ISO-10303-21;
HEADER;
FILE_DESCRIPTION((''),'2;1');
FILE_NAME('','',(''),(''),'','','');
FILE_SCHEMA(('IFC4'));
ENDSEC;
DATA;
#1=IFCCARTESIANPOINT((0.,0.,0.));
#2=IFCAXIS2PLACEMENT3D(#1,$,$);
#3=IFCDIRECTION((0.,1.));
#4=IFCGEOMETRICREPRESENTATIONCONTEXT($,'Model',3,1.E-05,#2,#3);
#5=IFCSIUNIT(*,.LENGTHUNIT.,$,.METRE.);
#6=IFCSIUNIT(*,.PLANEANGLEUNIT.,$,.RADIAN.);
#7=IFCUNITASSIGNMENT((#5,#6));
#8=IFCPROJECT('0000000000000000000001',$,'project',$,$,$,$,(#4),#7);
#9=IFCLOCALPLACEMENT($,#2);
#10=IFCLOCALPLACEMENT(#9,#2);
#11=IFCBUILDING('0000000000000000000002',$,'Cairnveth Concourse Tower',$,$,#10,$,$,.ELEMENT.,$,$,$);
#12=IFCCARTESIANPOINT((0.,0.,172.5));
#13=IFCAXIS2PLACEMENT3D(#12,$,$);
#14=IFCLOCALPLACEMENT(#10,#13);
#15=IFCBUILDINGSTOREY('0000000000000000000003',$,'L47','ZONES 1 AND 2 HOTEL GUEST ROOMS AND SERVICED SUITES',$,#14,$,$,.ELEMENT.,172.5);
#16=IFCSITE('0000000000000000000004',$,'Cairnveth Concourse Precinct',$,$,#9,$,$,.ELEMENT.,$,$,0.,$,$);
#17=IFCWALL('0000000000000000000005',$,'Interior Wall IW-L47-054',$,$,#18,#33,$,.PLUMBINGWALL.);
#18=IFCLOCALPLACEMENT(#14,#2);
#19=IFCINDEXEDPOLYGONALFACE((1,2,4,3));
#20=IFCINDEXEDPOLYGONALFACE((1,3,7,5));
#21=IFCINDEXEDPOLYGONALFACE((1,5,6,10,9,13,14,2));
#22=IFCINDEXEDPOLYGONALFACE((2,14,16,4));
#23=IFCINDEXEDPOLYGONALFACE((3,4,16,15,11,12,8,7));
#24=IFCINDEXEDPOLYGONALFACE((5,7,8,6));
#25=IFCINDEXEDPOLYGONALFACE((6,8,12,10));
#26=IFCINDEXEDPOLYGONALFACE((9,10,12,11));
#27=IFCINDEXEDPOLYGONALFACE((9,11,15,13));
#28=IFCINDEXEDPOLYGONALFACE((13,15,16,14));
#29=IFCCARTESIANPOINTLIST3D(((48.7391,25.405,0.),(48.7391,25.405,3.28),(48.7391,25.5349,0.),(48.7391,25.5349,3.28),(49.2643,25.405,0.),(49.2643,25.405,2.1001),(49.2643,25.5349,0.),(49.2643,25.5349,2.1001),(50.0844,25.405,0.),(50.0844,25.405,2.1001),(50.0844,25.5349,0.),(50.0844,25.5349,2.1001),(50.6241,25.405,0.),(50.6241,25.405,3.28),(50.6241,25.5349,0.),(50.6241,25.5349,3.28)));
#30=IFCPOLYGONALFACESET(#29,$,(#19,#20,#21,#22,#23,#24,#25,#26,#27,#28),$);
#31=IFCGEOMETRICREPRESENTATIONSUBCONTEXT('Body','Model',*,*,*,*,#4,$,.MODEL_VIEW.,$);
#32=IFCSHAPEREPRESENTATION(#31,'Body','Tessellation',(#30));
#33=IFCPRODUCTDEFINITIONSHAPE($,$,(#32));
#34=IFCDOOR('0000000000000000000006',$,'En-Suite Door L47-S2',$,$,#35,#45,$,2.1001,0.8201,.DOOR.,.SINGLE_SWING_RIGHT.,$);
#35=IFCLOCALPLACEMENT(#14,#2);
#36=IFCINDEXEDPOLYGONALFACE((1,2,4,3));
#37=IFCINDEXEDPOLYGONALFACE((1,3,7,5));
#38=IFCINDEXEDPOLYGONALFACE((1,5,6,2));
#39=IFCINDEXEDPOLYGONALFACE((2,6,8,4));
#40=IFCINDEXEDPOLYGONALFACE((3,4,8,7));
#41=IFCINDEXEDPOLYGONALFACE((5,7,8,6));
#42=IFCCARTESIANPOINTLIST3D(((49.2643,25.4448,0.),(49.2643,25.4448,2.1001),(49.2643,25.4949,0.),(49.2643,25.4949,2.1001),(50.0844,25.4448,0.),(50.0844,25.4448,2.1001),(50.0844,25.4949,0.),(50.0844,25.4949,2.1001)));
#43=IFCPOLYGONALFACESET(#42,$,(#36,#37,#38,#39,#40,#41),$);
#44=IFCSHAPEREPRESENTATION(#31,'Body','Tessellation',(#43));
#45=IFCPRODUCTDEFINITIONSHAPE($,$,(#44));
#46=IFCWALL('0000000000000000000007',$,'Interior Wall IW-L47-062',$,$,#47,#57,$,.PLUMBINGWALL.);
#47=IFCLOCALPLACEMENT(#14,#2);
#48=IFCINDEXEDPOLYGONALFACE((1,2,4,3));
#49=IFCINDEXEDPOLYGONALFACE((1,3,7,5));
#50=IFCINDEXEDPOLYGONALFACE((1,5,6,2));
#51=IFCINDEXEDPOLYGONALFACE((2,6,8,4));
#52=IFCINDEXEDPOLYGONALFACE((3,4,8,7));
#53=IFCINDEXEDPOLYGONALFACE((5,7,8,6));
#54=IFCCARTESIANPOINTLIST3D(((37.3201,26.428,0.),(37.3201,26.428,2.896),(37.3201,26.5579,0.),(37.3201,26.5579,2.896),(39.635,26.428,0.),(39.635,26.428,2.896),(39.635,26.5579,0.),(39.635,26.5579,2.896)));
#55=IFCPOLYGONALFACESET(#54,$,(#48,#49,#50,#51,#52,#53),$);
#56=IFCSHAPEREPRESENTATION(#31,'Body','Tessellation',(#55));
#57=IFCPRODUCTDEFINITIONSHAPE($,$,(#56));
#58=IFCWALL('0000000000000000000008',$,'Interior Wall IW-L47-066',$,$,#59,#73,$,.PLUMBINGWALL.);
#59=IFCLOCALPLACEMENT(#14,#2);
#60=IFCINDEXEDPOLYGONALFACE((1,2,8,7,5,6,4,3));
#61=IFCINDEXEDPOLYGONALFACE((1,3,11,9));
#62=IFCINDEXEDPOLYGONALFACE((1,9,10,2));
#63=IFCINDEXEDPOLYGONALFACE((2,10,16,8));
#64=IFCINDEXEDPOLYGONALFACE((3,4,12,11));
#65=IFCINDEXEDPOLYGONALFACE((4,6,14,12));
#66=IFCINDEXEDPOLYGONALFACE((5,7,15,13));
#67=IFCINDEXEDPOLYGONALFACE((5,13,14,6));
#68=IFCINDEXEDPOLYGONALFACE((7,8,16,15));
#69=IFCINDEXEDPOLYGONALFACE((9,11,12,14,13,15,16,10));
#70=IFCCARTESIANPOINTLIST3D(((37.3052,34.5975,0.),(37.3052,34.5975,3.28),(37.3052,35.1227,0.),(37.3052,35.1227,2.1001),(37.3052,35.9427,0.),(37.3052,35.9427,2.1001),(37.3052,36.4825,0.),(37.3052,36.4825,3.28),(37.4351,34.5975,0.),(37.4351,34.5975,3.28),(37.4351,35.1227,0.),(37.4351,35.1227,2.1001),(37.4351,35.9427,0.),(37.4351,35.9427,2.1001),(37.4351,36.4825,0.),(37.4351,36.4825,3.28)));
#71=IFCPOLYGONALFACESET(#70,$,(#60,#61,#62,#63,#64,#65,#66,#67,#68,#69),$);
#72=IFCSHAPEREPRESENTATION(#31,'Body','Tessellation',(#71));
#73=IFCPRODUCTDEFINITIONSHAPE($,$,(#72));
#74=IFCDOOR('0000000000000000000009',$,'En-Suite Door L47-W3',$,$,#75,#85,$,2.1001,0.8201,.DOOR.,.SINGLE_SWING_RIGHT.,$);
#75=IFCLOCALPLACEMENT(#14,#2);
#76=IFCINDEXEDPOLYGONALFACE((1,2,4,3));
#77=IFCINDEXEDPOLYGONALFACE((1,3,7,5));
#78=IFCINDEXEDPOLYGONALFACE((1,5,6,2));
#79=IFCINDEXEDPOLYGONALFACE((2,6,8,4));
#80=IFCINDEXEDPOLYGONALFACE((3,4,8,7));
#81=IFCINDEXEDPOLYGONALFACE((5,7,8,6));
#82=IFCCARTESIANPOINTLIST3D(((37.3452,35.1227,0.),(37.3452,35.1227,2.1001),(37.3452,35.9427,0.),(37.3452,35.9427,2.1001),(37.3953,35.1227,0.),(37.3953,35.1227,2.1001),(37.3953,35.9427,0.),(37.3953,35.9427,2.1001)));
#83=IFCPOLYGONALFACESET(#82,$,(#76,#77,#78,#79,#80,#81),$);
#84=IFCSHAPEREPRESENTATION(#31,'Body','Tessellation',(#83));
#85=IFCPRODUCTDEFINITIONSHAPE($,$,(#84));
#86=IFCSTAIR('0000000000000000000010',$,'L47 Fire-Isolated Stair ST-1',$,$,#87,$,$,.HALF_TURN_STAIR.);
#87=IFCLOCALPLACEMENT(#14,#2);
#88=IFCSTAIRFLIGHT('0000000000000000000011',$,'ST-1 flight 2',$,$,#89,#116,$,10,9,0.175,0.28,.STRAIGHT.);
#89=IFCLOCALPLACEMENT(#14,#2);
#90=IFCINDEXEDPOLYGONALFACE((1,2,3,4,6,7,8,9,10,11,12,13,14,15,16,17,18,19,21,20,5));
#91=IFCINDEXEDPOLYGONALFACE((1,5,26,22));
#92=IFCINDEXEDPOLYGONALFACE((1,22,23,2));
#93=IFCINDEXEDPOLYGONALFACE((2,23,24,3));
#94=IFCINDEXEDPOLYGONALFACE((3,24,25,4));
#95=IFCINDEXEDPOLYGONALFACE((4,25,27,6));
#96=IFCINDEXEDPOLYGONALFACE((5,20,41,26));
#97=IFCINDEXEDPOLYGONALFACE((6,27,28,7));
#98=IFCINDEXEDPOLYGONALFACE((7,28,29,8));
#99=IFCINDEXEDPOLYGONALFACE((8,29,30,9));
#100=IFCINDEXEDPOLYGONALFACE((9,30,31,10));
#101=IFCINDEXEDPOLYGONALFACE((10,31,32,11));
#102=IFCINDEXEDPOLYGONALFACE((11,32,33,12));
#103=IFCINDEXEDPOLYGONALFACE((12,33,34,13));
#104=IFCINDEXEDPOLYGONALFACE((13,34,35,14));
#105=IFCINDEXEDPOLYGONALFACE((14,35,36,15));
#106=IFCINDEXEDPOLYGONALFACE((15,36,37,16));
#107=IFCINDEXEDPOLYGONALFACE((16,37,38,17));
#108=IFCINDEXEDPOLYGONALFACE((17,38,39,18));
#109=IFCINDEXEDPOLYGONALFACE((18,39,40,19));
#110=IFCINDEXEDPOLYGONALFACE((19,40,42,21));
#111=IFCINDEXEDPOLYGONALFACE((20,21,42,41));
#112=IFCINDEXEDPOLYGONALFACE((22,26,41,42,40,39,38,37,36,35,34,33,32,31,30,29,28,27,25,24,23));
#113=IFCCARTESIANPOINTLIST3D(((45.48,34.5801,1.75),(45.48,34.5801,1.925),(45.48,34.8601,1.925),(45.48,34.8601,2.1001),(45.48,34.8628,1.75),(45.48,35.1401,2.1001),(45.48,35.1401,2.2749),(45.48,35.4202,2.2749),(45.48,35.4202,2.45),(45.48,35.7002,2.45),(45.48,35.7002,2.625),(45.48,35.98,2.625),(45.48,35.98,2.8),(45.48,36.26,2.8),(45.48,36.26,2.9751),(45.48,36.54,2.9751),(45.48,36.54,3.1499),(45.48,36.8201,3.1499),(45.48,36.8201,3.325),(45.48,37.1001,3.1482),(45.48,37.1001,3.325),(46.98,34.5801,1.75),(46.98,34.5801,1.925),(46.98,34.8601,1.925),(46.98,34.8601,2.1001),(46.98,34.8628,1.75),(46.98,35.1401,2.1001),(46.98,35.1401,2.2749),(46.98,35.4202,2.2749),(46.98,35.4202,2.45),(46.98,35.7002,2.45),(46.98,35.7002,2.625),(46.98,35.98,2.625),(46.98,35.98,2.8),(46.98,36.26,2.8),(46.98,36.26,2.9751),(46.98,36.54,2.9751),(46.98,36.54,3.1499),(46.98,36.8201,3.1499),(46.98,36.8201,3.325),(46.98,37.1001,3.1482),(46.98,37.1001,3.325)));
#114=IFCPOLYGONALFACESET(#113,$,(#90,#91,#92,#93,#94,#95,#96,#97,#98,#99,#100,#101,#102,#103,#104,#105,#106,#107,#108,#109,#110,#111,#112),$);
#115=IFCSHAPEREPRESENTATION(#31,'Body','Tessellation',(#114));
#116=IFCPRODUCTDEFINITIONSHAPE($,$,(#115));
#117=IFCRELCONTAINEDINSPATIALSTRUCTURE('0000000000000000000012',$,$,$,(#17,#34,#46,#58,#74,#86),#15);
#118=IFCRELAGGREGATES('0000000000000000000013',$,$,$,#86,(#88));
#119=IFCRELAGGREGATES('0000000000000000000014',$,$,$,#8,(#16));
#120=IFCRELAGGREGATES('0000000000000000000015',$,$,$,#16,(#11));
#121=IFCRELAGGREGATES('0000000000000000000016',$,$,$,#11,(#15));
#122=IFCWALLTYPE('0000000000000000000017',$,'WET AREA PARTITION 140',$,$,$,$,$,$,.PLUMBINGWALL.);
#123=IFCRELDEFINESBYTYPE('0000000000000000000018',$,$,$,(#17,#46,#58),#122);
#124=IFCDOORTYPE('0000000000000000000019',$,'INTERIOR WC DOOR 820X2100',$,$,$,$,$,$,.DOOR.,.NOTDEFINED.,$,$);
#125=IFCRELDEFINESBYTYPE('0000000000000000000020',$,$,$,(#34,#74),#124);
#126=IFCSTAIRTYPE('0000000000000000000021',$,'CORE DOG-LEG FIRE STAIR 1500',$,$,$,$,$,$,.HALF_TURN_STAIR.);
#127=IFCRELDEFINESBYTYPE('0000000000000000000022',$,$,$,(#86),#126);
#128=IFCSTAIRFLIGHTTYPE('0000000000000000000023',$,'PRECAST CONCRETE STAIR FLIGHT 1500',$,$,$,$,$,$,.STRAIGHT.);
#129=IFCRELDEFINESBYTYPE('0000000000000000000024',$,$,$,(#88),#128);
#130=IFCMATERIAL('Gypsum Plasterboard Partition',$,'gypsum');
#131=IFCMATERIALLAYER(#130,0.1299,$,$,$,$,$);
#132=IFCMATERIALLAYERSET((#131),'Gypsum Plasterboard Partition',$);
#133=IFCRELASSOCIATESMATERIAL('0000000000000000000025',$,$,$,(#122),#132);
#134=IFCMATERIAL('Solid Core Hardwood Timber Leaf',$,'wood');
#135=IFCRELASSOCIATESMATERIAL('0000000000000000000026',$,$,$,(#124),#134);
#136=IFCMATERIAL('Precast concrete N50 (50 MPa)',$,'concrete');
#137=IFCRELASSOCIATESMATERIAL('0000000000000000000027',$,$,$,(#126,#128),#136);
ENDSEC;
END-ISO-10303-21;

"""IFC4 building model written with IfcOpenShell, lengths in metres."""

from ifc_helpers import new_model, si_unit, direction, frame, frame_2d, origin, place, context, subcontext, project, spatial, polyline, rectangle, outline, extrude, material, layer, layer_set, type_object, element, fill, aggregate, save


model = new_model("IFC4")

# Units and contexts
model_context = context("Model", 3, precision=1e-05, world=origin(), true_north=direction((0.0, 1.0)))
body_context = subcontext(model_context, "Body", "Model", "MODEL_VIEW")
ifc_project = project(units=[si_unit("LENGTHUNIT", "METRE"), si_unit("PLANEANGLEUNIT", "RADIAN")], contexts=[model_context])

# Site, building, storey
site_placement = place(None, origin())
site = spatial("IfcSite", under=ifc_project, at=site_placement, Name="Cairnveth Concourse Precinct", CompositionType="ELEMENT", RefElevation=0.0)
building_placement = place(site_placement, origin())
building = spatial("IfcBuilding", under=site, at=building_placement, Name="Cairnveth Concourse Tower", CompositionType="ELEMENT")
storey_placement = place(building_placement, frame((0.0, 0.0, 172.5)))
storey = spatial("IfcBuildingStorey", under=building, at=storey_placement, Name="L47", Description="ZONES 1 AND 2 HOTEL GUEST ROOMS AND SERVICED SUITES", CompositionType="ELEMENT", Elevation=172.5)

# Shared definitions
ifc_material_1 = material(Name="Gypsum Plasterboard Partition", Category="gypsum")

# Shared definitions
ifc_material_2 = material(Name="Solid Core Hardwood Timber Leaf", Category="wood")

# Wall, opening, door
ifc_layer_1 = layer(ifc_material_1, 0.1299)
ifc_layer_set_1 = layer_set([ifc_layer_1], Name="Gypsum Plasterboard Partition")
wall_type_1 = type_object("IfcWallType", Name="WET AREA PARTITION 140", PredefinedType="PLUMBINGWALL", material=ifc_layer_set_1)
wall_1_placement = place(storey_placement, frame((48.7393, 25.47, 0.0), z_axis=(0.0, 0.0, 1.0), x_axis=(1.0, 0.0, 0.0)))
wall_1 = element("IfcWall", 1, at=wall_1_placement, inside=storey, type_object=wall_type_1, Name="Interior Wall IW-L47-054", PredefinedType="PLUMBINGWALL", context=body_context, shape_type="SweptSolid", body=[
    extrude(rectangle(XDim=1.885, YDim=0.1299, at=frame_2d((0.9424, 0.0))), origin(), (0.0, 0.0, 1.0), 3.28),
])
opening_1_placement = place(wall_1_placement, frame((0.5249, 0.0, 0.0)))
opening_1 = element("IfcOpeningElement", 2, at=opening_1_placement, cuts=wall_1, PredefinedType="OPENING", context=body_context, shape_type="SweptSolid", body=[
    extrude(rectangle(XDim=0.8201, YDim=2.1001, at=frame_2d((0.4102, 1.05))), frame((0.0, 0.075, 0.0), z_axis=(0.0, -1.0, 0.0), x_axis=(1.0, 0.0, 0.0)), (0.0, 0.0, 1.0), 0.1499),
])
door_type_1 = type_object("IfcDoorType", Name="INTERIOR WC DOOR 820X2100", OperationType="NOTDEFINED", PredefinedType="DOOR", material=ifc_material_2)
door_1_placement = place(opening_1_placement, origin())
door_1 = element("IfcDoor", 3, at=door_1_placement, inside=storey, type_object=door_type_1, Name="En-Suite Door L47-S2", OperationType="SINGLE_SWING_RIGHT", OverallHeight=2.1001, OverallWidth=0.8201, PredefinedType="DOOR", context=body_context, shape_type="SweptSolid", body=[
    extrude(rectangle(XDim=0.8201, YDim=2.1001, at=frame_2d((0.4102, 1.05))), frame((0.0, 0.0249, 0.0), z_axis=(0.0, -1.0, 0.0), x_axis=(1.0, 0.0, 0.0)), (0.0, 0.0, 1.0), 0.05),
])
fill(opening_1, door_1)

# Wall
wall_2_placement = place(storey_placement, frame((37.3201, 26.4929, 0.0), z_axis=(0.0, 0.0, 1.0), x_axis=(1.0, 0.0, 0.0)))
element("IfcWall", 4, at=wall_2_placement, inside=storey, type_object=wall_type_1, Name="Interior Wall IW-L47-062", PredefinedType="PLUMBINGWALL", context=body_context, shape_type="SweptSolid", body=[
    extrude(rectangle(XDim=2.3149, YDim=0.1299, at=frame_2d((1.1575, 0.0))), origin(), (0.0, 0.0, 1.0), 2.896),
])

# Wall, opening, door
wall_3_placement = place(storey_placement, frame((37.3701, 34.5977, 0.0), z_axis=(0.0, 0.0, 1.0), x_axis=(0.0, 1.0, 0.0)))
wall_3 = element("IfcWall", 5, at=wall_3_placement, inside=storey, type_object=wall_type_1, Name="Interior Wall IW-L47-066", PredefinedType="PLUMBINGWALL", context=body_context, shape_type="SweptSolid", body=[
    extrude(rectangle(XDim=1.885, YDim=0.1299, at=frame_2d((0.9424, 0.0))), origin(), (0.0, 0.0, 1.0), 3.28),
])
opening_2_placement = place(wall_3_placement, frame((0.5249, 0.0, 0.0)))
opening_2 = element("IfcOpeningElement", 6, at=opening_2_placement, cuts=wall_3, PredefinedType="OPENING", context=body_context, shape_type="SweptSolid", body=[
    extrude(rectangle(XDim=0.8201, YDim=2.1001, at=frame_2d((0.4102, 1.05))), frame((0.0, 0.075, 0.0), z_axis=(0.0, -1.0, 0.0), x_axis=(1.0, 0.0, 0.0)), (0.0, 0.0, 1.0), 0.1499),
])
door_2_placement = place(opening_2_placement, origin())
door_2 = element("IfcDoor", 7, at=door_2_placement, inside=storey, type_object=door_type_1, Name="En-Suite Door L47-W3", OperationType="SINGLE_SWING_RIGHT", OverallHeight=2.1001, OverallWidth=0.8201, PredefinedType="DOOR", context=body_context, shape_type="SweptSolid", body=[
    extrude(rectangle(XDim=0.8201, YDim=2.1001, at=frame_2d((0.4102, 1.05))), frame((0.0, 0.0249, 0.0), z_axis=(0.0, -1.0, 0.0), x_axis=(1.0, 0.0, 0.0)), (0.0, 0.0, 1.0), 0.05),
])
fill(opening_2, door_2)

# Stair, stair flight
ifc_material_3 = material(Name="Precast concrete N50 (50 MPa)", Category="concrete")
stair_type = type_object("IfcStairType", Name="CORE DOG-LEG FIRE STAIR 1500", PredefinedType="HALF_TURN_STAIR", material=ifc_material_3)
stair_placement = place(storey_placement, origin())
stair = element("IfcStair", 8, at=stair_placement, inside=storey, type_object=stair_type, Name="L47 Fire-Isolated Stair ST-1", PredefinedType="HALF_TURN_STAIR")
stair_flight_type = type_object("IfcStairFlightType", Name="PRECAST CONCRETE STAIR FLIGHT 1500", PredefinedType="STRAIGHT", material=ifc_material_3)
stair_flight_placement = place(storey_placement, frame((46.23, 34.5801, 1.75), z_axis=(0.0, 0.0, 1.0), x_axis=(0.0, 1.0, 0.0)))
stair_flight = element("IfcStairFlight", 9, at=stair_flight_placement, type_object=stair_flight_type, Name="ST-1 flight 2", NumberOfRisers=10, NumberOfTreads=9, PredefinedType="STRAIGHT", RiserHeight=0.175, TreadLength=0.28, context=body_context, shape_type="SweptSolid", body=[
    extrude(outline(polyline([(0.0, 0.0), (0.0, 0.175), (0.28, 0.175), (0.28, 0.3501), (0.5601, 0.3501), (0.5601, 0.5249), (0.8401, 0.5249), (0.8401, 0.7), (1.1201, 0.7), (1.1201, 0.875), (1.3999, 0.875), (1.3999, 1.05), (1.6799, 1.05), (1.6799, 1.2251), (1.96, 1.2251), (1.96, 1.3999), (2.24, 1.3999), (2.24, 1.575), (2.52, 1.575), (2.52, 1.75), (2.52, 1.3982), (0.2827, 0.0), (0.0, 0.0)])), frame((0.0, 0.75, 0.0), z_axis=(0.0, -1.0, 0.0), x_axis=(1.0, 0.0, 0.0)), (0.0, 0.0, 1.0), 1.5),
])
aggregate(stair, [stair_flight])

save(model, "model.ifc")
